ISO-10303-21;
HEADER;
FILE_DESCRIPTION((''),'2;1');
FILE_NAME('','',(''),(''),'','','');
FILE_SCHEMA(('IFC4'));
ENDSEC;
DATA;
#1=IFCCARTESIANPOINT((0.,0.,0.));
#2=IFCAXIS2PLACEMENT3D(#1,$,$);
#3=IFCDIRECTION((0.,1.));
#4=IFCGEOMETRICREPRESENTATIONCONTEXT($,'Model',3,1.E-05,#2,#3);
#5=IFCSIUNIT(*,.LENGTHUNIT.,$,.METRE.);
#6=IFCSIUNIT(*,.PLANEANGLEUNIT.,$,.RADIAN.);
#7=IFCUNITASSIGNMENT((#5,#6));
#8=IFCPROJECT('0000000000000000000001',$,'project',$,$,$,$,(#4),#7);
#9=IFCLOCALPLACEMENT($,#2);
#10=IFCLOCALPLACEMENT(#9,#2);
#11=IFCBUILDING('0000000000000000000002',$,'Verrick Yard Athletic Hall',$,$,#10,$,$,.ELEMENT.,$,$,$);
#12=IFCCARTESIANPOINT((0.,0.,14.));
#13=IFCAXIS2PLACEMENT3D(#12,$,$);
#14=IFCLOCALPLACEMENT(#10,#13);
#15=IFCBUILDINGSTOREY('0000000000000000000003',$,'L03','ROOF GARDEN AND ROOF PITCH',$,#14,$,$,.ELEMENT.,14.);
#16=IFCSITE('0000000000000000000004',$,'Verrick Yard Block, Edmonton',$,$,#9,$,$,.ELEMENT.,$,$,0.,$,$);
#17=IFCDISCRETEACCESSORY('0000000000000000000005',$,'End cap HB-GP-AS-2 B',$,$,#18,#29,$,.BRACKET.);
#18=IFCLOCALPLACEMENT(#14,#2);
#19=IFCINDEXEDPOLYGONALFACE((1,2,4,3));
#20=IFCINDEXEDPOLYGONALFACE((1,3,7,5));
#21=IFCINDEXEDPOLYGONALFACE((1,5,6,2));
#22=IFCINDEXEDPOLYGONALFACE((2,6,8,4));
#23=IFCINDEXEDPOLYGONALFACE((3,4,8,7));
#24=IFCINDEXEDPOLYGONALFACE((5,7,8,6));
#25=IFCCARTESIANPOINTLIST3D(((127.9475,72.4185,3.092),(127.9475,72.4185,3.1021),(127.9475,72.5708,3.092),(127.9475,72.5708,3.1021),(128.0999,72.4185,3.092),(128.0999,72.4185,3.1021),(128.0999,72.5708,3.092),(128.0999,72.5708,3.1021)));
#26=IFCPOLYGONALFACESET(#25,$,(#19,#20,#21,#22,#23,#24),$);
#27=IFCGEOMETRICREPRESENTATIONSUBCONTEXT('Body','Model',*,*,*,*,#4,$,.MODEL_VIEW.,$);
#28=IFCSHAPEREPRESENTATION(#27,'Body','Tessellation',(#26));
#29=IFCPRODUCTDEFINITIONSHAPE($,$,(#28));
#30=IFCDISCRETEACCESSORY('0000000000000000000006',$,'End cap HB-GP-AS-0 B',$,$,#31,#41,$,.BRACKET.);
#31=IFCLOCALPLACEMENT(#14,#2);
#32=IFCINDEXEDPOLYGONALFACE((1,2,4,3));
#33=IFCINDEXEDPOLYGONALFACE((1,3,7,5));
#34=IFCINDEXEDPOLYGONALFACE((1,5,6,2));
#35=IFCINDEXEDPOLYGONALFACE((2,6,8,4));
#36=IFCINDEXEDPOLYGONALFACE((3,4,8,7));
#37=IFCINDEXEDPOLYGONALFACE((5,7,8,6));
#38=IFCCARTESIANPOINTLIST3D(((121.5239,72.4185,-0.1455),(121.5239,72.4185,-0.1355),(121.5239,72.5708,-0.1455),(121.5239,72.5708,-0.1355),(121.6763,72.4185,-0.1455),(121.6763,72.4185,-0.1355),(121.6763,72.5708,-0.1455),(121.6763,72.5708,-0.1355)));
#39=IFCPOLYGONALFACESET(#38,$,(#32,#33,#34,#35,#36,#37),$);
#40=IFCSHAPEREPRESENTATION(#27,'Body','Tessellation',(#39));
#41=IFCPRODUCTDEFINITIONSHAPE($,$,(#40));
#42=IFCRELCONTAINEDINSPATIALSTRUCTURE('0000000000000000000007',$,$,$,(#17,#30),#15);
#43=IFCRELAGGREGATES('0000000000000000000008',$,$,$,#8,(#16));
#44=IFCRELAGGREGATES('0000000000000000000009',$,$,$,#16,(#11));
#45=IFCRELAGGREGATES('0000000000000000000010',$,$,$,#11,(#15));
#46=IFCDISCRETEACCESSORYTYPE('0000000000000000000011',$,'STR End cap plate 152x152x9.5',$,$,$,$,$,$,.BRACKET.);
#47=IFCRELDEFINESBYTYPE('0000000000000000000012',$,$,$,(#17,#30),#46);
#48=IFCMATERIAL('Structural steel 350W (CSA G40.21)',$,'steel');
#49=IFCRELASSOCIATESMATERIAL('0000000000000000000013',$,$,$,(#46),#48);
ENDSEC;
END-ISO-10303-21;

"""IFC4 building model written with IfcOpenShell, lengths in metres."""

from ifc_helpers import new_model, si_unit, direction, frame, origin, origin_2d, place, context, subcontext, project, spatial, rectangle, extrude, material, material_profile, profile_set, type_object, element, save


model = new_model("IFC4")

# Units and contexts
model_context = context("Model", 3, precision=1e-05, world=origin(), true_north=direction((0.0, 1.0)))
body_context = subcontext(model_context, "Body", "Model", "MODEL_VIEW")
ifc_project = project(units=[si_unit("LENGTHUNIT", "METRE"), si_unit("PLANEANGLEUNIT", "RADIAN")], contexts=[model_context])

# Site, building, storey
site_placement = place(None, origin())
site = spatial("IfcSite", under=ifc_project, at=site_placement, Name="Verrick Yard Block, Edmonton", CompositionType="ELEMENT", RefElevation=0.0)
building_placement = place(site_placement, origin())
building = spatial("IfcBuilding", under=site, at=building_placement, Name="Verrick Yard Athletic Hall", CompositionType="ELEMENT")
storey_placement = place(building_placement, frame((0.0, 0.0, 14.0)))
storey = spatial("IfcBuildingStorey", under=building, at=storey_placement, Name="L03", Description="ROOF GARDEN AND ROOF PITCH", CompositionType="ELEMENT", Elevation=14.0)

# Discrete accessories
ifc_material_1 = material(Name="Structural steel 350W (CSA G40.21)", Category="steel")
ifc_material_profile_1 = material_profile(ifc_material_1, rectangle(XDim=0.1523, YDim=0.1523, at=origin_2d()), Name="STR End cap plate 152x152x9.5")
ifc_profile_set_1 = profile_set([ifc_material_profile_1], Name="Structural steel 350W (CSA G40.21)")
discrete_accessory_type_1 = type_object("IfcDiscreteAccessoryType", Name="STR End cap plate 152x152x9.5", PredefinedType="BRACKET", material=ifc_profile_set_1)
for number, where, z_axis, x_axis, name in (
    (1, (128.0237, 72.4946, 3.092), (0.0, 0.0, 1.0), (1.0, 0.0, 0.0), "End cap HB-GP-AS-2 B"),
    (2, (121.6001, 72.4946, -0.1455), (0.0, 0.0, 1.0), (1.0, 0.0, 0.0), "End cap HB-GP-AS-0 B"),
):
    element("IfcDiscreteAccessory", number, at=place(storey_placement, frame(where, z_axis=z_axis, x_axis=x_axis)), inside=storey, type_object=discrete_accessory_type_1, Name=name, PredefinedType="BRACKET", context=body_context, shape_type="SweptSolid", body=[
        extrude(rectangle(XDim=0.1523, YDim=0.1523, at=origin_2d()), origin(), (0.0, 0.0, 1.0), 0.01),
    ])

save(model, "model.ifc")
